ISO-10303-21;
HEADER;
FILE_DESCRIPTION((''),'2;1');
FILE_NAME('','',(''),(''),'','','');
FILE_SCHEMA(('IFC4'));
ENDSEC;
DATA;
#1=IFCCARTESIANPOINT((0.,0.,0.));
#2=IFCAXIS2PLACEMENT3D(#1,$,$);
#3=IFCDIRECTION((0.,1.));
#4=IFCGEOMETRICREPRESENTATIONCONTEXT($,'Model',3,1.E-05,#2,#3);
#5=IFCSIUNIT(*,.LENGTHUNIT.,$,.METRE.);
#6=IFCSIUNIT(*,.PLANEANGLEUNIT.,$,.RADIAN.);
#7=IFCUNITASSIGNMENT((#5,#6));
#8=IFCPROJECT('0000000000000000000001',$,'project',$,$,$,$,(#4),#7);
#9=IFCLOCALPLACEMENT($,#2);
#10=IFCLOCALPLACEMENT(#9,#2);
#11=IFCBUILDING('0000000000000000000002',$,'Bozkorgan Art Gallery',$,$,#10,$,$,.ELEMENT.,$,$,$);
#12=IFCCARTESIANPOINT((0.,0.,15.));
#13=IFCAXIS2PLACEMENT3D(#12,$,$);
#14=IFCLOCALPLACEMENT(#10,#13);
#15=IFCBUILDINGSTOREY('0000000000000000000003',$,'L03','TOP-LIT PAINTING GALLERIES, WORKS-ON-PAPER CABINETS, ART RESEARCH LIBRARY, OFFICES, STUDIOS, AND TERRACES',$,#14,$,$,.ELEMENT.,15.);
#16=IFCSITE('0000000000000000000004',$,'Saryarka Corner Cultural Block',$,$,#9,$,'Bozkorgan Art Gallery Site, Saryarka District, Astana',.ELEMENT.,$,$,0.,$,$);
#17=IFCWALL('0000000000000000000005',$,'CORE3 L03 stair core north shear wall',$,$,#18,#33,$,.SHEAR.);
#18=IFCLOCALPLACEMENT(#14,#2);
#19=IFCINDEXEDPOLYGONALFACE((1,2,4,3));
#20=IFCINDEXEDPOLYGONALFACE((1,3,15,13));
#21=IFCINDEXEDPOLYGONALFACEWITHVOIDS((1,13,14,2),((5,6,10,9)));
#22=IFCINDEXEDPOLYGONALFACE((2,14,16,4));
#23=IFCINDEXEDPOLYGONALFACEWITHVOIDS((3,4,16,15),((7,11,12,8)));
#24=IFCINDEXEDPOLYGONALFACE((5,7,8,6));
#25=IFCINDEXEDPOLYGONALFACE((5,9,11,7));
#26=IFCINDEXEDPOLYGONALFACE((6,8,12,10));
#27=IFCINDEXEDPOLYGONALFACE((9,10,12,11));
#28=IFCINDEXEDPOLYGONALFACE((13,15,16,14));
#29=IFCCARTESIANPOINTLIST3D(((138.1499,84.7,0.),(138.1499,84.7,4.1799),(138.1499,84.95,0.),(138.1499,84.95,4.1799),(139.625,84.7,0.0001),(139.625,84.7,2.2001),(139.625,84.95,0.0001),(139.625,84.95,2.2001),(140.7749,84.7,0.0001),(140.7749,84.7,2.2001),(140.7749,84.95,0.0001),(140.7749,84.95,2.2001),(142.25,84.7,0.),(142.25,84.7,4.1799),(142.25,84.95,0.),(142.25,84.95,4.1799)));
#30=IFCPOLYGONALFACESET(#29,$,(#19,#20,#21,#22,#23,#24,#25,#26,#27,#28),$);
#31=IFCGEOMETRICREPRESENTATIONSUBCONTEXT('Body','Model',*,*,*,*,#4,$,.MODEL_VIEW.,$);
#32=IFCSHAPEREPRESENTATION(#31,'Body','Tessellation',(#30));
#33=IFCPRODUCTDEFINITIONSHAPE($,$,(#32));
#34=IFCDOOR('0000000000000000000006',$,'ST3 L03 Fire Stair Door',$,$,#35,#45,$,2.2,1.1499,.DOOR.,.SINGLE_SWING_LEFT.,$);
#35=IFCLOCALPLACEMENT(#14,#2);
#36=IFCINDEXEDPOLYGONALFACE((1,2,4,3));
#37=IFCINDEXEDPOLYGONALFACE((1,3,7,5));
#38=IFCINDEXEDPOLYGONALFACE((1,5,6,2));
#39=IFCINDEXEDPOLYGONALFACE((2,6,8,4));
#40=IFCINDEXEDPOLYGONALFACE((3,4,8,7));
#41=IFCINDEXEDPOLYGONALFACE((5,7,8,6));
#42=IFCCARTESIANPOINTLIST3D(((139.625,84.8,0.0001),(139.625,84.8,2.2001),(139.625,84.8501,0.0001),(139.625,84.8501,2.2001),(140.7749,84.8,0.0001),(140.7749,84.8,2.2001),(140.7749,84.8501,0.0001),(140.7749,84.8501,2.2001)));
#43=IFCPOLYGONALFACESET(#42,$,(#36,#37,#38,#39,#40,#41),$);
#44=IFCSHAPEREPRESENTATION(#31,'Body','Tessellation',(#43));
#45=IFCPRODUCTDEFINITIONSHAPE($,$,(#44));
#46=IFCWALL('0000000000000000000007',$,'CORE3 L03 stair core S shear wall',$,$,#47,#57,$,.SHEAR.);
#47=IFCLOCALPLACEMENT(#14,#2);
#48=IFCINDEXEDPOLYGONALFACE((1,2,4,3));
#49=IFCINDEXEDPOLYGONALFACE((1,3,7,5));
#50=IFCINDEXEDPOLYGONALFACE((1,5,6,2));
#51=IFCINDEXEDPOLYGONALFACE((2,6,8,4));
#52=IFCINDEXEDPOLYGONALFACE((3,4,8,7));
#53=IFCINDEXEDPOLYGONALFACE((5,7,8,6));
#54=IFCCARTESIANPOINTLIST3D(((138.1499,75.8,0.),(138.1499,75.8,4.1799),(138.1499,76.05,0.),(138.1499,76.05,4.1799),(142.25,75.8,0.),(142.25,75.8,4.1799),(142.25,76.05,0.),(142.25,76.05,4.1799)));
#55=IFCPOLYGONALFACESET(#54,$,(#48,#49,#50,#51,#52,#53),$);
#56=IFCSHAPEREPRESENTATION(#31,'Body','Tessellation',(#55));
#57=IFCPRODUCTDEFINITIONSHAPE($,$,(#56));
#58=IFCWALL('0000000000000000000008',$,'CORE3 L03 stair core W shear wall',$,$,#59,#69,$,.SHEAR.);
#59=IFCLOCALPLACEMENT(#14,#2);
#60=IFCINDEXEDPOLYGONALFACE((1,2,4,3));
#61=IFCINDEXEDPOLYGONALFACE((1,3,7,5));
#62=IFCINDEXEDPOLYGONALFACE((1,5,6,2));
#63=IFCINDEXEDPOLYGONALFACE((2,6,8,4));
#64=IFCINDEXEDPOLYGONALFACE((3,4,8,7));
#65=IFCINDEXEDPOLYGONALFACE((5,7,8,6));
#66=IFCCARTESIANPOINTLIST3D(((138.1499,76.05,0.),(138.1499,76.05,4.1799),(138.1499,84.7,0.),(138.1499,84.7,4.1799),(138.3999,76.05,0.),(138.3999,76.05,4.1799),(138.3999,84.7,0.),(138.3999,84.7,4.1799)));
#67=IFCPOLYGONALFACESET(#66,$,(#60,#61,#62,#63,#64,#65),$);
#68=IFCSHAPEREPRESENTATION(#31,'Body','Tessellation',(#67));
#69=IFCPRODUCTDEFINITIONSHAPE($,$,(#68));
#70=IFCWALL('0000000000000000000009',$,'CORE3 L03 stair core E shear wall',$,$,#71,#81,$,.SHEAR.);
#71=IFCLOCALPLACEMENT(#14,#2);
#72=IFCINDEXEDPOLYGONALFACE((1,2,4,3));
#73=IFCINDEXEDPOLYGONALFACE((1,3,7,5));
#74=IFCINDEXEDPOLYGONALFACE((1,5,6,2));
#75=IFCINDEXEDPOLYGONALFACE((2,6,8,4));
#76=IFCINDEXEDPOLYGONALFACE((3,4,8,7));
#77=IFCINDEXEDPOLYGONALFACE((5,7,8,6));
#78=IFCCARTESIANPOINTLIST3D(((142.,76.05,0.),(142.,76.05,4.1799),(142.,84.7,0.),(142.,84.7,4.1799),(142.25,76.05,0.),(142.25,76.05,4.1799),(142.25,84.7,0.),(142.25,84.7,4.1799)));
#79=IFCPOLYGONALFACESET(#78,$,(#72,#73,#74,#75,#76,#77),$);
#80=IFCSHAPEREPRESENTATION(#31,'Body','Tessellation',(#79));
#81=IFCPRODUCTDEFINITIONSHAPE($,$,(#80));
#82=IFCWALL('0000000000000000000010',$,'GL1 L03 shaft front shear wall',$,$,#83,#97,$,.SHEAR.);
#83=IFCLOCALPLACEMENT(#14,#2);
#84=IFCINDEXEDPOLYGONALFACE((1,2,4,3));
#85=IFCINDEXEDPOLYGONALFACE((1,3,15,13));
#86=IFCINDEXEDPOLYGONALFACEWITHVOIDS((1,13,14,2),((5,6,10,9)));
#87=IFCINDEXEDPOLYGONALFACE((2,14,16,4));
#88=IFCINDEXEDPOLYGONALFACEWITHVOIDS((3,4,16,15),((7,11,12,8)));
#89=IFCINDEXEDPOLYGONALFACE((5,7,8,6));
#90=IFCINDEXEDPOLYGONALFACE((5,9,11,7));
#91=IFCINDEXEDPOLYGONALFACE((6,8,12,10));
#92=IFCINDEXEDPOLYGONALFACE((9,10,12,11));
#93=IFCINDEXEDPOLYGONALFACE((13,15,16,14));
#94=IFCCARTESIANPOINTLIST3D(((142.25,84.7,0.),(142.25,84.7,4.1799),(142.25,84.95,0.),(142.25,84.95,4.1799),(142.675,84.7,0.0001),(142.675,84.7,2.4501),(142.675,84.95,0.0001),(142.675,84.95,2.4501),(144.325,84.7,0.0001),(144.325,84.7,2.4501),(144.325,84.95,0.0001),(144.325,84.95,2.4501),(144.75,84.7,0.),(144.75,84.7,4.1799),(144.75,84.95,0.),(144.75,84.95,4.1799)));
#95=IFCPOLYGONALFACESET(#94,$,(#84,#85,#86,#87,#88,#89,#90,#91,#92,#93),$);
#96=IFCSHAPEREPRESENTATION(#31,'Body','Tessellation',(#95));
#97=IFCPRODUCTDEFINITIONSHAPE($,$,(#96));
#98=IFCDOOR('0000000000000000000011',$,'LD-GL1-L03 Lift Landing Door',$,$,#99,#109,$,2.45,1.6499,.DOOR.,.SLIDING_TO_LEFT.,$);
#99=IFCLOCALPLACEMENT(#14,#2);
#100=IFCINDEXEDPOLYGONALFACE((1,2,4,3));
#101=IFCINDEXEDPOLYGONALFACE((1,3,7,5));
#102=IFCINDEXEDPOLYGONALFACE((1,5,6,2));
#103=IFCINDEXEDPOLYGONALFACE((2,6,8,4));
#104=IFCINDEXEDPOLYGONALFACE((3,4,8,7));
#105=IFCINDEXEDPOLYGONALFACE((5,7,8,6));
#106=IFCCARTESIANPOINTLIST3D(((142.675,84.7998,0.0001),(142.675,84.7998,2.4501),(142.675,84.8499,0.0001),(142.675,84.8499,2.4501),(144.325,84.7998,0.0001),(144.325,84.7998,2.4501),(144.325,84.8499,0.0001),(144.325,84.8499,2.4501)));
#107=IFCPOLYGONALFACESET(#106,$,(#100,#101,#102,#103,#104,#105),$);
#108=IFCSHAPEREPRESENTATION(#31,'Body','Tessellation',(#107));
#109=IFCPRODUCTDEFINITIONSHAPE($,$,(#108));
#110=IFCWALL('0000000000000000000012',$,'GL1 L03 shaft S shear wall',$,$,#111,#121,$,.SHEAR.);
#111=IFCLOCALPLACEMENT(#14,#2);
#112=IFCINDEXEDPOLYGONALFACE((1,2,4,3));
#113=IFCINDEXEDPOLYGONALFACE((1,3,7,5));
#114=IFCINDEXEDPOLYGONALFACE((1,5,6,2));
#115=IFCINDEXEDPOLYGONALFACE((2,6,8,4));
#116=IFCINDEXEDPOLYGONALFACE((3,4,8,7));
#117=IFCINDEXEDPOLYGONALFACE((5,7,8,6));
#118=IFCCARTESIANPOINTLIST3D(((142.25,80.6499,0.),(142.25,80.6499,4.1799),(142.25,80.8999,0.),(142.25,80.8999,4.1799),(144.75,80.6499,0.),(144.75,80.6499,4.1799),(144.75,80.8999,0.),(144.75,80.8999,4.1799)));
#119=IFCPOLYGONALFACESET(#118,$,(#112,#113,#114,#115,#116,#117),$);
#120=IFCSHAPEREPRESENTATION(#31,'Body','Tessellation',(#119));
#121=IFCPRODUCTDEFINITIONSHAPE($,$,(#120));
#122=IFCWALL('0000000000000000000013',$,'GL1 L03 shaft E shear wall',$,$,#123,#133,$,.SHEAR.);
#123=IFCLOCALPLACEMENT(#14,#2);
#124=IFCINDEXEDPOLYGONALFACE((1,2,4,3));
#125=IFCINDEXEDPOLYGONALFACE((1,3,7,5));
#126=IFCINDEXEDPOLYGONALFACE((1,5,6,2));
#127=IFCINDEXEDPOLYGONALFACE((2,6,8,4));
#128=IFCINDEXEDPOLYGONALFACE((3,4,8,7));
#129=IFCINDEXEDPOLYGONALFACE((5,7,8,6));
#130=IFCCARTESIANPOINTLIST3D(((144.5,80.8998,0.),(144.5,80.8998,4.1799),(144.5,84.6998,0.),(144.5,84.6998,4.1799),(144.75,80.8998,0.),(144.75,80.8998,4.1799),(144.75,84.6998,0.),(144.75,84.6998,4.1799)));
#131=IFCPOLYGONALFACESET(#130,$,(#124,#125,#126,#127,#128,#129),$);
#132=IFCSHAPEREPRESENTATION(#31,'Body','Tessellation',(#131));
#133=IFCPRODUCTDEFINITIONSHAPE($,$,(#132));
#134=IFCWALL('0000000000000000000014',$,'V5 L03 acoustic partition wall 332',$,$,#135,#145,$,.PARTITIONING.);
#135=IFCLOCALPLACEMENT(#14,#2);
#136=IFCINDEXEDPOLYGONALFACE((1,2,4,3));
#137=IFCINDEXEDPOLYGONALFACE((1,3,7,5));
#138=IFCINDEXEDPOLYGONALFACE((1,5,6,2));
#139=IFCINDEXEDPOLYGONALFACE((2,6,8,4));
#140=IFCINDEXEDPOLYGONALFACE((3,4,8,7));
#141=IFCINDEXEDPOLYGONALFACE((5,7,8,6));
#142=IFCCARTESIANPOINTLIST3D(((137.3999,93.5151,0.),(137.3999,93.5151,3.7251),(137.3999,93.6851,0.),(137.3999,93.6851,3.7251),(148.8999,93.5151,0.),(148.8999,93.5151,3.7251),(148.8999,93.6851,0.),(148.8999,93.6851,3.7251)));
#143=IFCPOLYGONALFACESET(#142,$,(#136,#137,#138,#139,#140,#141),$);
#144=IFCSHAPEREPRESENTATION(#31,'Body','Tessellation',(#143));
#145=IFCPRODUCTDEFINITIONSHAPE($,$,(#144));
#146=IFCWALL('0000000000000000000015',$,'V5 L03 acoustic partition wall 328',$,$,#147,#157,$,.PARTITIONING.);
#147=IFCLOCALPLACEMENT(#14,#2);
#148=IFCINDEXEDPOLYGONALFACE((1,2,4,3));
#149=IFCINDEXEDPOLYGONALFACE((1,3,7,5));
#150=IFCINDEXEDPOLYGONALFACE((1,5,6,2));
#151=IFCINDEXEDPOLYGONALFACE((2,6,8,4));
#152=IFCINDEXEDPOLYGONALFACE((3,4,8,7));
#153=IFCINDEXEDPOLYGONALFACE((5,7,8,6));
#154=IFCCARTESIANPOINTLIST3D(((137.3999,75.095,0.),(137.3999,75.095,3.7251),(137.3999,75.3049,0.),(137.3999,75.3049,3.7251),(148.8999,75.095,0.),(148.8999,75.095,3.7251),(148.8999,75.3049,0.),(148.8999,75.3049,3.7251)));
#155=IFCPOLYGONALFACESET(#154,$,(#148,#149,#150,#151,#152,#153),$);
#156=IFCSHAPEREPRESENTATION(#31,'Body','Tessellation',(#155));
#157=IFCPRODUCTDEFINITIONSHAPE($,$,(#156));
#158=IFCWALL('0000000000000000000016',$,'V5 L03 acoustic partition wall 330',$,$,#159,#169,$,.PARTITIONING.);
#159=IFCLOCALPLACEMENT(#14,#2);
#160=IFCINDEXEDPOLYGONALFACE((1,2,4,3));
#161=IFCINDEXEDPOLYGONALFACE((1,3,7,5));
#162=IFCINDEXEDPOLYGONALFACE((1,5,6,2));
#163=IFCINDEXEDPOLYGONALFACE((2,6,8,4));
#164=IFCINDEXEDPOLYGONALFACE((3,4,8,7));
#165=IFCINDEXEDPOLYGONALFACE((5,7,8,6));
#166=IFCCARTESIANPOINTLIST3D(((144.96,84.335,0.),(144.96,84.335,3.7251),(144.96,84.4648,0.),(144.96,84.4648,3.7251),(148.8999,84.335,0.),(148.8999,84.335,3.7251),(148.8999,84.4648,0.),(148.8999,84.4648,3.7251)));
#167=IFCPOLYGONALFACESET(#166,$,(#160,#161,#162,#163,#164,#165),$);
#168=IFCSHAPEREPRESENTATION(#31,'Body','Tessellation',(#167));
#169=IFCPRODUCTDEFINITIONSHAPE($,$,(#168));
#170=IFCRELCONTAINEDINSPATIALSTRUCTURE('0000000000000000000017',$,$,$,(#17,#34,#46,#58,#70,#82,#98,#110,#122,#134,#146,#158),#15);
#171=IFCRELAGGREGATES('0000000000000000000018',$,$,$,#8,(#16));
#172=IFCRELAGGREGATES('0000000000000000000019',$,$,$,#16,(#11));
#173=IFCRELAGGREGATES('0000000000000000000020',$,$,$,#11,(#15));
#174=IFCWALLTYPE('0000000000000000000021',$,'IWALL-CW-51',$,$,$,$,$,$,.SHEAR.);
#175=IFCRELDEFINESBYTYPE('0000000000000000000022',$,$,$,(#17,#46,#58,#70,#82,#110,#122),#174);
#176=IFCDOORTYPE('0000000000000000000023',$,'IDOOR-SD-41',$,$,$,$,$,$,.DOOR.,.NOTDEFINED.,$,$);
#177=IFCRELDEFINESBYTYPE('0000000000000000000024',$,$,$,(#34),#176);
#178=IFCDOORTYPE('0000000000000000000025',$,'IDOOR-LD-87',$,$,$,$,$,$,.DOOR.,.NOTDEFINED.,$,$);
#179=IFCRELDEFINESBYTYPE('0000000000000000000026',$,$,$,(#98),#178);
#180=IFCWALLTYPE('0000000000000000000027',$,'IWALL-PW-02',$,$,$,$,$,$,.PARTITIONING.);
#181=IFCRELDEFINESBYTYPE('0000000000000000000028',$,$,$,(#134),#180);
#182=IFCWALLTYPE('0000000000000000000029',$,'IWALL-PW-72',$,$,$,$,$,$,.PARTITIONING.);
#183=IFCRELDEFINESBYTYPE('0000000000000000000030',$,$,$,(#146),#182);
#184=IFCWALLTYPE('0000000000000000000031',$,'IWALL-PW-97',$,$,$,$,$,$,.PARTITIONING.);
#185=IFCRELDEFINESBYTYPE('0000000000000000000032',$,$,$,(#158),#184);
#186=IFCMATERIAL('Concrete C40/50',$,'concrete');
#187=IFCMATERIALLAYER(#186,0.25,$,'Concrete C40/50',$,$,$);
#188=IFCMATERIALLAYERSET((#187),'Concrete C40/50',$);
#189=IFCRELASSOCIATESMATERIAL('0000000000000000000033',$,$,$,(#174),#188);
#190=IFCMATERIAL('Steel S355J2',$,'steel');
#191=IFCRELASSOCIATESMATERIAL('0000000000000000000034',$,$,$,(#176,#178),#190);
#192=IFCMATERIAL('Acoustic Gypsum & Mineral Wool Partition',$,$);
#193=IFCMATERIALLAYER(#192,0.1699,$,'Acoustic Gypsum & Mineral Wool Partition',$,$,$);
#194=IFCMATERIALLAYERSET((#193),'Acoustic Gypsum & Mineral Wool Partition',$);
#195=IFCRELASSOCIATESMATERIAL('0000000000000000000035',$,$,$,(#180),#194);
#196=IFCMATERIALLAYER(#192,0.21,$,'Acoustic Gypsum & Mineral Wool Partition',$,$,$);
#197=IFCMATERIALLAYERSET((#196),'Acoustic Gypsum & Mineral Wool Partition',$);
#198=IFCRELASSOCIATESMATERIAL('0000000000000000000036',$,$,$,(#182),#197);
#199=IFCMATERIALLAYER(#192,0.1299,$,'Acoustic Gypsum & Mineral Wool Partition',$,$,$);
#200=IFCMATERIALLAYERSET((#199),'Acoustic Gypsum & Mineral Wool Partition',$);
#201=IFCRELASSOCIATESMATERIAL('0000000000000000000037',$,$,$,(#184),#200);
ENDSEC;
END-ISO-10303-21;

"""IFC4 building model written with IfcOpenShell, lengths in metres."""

from ifc_helpers import new_model, si_unit, direction, frame, frame_2d, origin, place, context, subcontext, project, spatial, rectangle, extrude, material, layer, layer_set, type_object, element, fill, save


model = new_model("IFC4")

# Units and contexts
model_context = context("Model", 3, precision=1e-05, world=origin(), true_north=direction((0.0, 1.0)))
body_context = subcontext(model_context, "Body", "Model", "MODEL_VIEW")
ifc_project = project(units=[si_unit("LENGTHUNIT", "METRE"), si_unit("PLANEANGLEUNIT", "RADIAN")], contexts=[model_context])

# Site, building, storey
site_placement = place(None, origin())
site = spatial("IfcSite", under=ifc_project, at=site_placement, Name="Saryarka Corner Cultural Block", LongName="Bozkorgan Art Gallery Site, Saryarka District, Astana", CompositionType="ELEMENT", RefElevation=0.0)
building_placement = place(site_placement, origin())
building = spatial("IfcBuilding", under=site, at=building_placement, Name="Bozkorgan Art Gallery", CompositionType="ELEMENT")
storey_placement = place(building_placement, frame((0.0, 0.0, 15.0)))
storey = spatial("IfcBuildingStorey", under=building, at=storey_placement, Name="L03", Description="TOP-LIT PAINTING GALLERIES, WORKS-ON-PAPER CABINETS, ART RESEARCH LIBRARY, OFFICES, STUDIOS, AND TERRACES", CompositionType="ELEMENT", Elevation=15.0)

# Shared definitions
ifc_material_1 = material(Name="Concrete C40/50", Category="concrete")

# Shared definitions
ifc_material_2 = material(Name="Steel S355J2", Category="steel")

# Wall, opening, door
ifc_layer_1 = layer(ifc_material_1, 0.25, Name="Concrete C40/50")
ifc_layer_set_1 = layer_set([ifc_layer_1], Name="Concrete C40/50")
wall_type_1 = type_object("IfcWallType", Name="IWALL-CW-51", PredefinedType="SHEAR", material=ifc_layer_set_1)
wall_1_placement = place(storey_placement, frame((138.1499, 84.825, 0.0), z_axis=(0.0, 0.0, 1.0), x_axis=(1.0, 0.0, 0.0)))
wall_1 = element("IfcWall", 1, at=wall_1_placement, inside=storey, type_object=wall_type_1, Name="CORE3 L03 stair core north shear wall", PredefinedType="SHEAR", context=body_context, shape_type="SweptSolid", body=[
    extrude(rectangle(XDim=4.1001, YDim=0.25, at=frame_2d((2.05, 0.0))), origin(), (0.0, 0.0, 1.0), 4.1799),
])
opening_1_placement = place(wall_1_placement, frame((2.625, 0.0, 0.0), z_axis=(0.0, 0.0, 1.0), x_axis=(-1.0, 0.0, 0.0)))
opening_1 = element("IfcOpeningElement", 2, at=opening_1_placement, cuts=wall_1, PredefinedType="OPENING", context=body_context, shape_type="SweptSolid", body=[
    extrude(rectangle(XDim=1.1499, YDim=2.2, at=frame_2d((0.575, 1.1001))), frame((0.0, 0.135, 0.0), z_axis=(0.0, -1.0, 0.0), x_axis=(1.0, 0.0, 0.0)), (0.0, 0.0, 1.0), 0.27),
])
door_type_1 = type_object("IfcDoorType", Name="IDOOR-SD-41", OperationType="NOTDEFINED", PredefinedType="DOOR", material=ifc_material_2)
door_1_placement = place(opening_1_placement, origin())
door_1 = element("IfcDoor", 3, at=door_1_placement, inside=storey, type_object=door_type_1, Name="ST3 L03 Fire Stair Door", OperationType="SINGLE_SWING_LEFT", OverallHeight=2.2, OverallWidth=1.1499, PredefinedType="DOOR", context=body_context, shape_type="SweptSolid", body=[
    extrude(rectangle(XDim=1.1499, YDim=2.2, at=frame_2d((0.575, 1.1001))), frame((0.0, 0.0249, 0.0), z_axis=(0.0, -1.0, 0.0), x_axis=(1.0, 0.0, 0.0)), (0.0, 0.0, 1.0), 0.05),
])
fill(opening_1, door_1)

# Walls
wall_2_placement = place(storey_placement, frame((138.1499, 75.925, 0.0), z_axis=(0.0, 0.0, 1.0), x_axis=(1.0, 0.0, 0.0)))
element("IfcWall", 4, at=wall_2_placement, inside=storey, type_object=wall_type_1, Name="CORE3 L03 stair core S shear wall", PredefinedType="SHEAR", context=body_context, shape_type="SweptSolid", body=[
    extrude(rectangle(XDim=4.1001, YDim=0.25, at=frame_2d((2.05, 0.0))), origin(), (0.0, 0.0, 1.0), 4.1799),
])
for number, where, z_axis, x_axis, name in (
    (5, (138.2749, 76.05, 0.0), (0.0, 0.0, 1.0), (0.0, 1.0, 0.0), "CORE3 L03 stair core W shear wall"),
    (6, (142.125, 76.05, 0.0), (0.0, 0.0, 1.0), (0.0, 1.0, 0.0), "CORE3 L03 stair core E shear wall"),
):
    element("IfcWall", number, at=place(storey_placement, frame(where, z_axis=z_axis, x_axis=x_axis)), inside=storey, type_object=wall_type_1, Name=name, PredefinedType="SHEAR", context=body_context, shape_type="SweptSolid", body=[
        extrude(rectangle(XDim=8.6499, YDim=0.25, at=frame_2d((4.325, 0.0))), origin(), (0.0, 0.0, 1.0), 4.1799),
    ])

# Wall, opening, door
wall_3_placement = place(storey_placement, frame((142.25, 84.825, 0.0), z_axis=(0.0, 0.0, 1.0), x_axis=(1.0, 0.0, 0.0)))
wall_3 = element("IfcWall", 7, at=wall_3_placement, inside=storey, type_object=wall_type_1, Name="GL1 L03 shaft front shear wall", PredefinedType="SHEAR", context=body_context, shape_type="SweptSolid", body=[
    extrude(rectangle(XDim=2.5, YDim=0.25, at=frame_2d((1.25, 0.0))), origin(), (0.0, 0.0, 1.0), 4.1799),
])
opening_2_placement = place(wall_3_placement, frame((0.425, 0.0, 0.0)))
opening_2 = element("IfcOpeningElement", 8, at=opening_2_placement, cuts=wall_3, PredefinedType="OPENING", context=body_context, shape_type="SweptSolid", body=[
    extrude(rectangle(XDim=1.6499, YDim=2.45, at=frame_2d((0.825, 1.2251))), frame((0.0, 0.135, 0.0), z_axis=(0.0, -1.0, 0.0), x_axis=(1.0, 0.0, 0.0)), (0.0, 0.0, 1.0), 0.27),
])
door_type_2 = type_object("IfcDoorType", Name="IDOOR-LD-87", OperationType="NOTDEFINED", PredefinedType="DOOR", material=ifc_material_2)
door_2_placement = place(opening_2_placement, origin())
door_2 = element("IfcDoor", 9, at=door_2_placement, inside=storey, type_object=door_type_2, Name="LD-GL1-L03 Lift Landing Door", OperationType="SLIDING_TO_LEFT", OverallHeight=2.45, OverallWidth=1.6499, PredefinedType="DOOR", context=body_context, shape_type="SweptSolid", body=[
    extrude(rectangle(XDim=1.6499, YDim=2.45, at=frame_2d((0.825, 1.2251))), frame((0.0, 0.0249, 0.0), z_axis=(0.0, -1.0, 0.0), x_axis=(1.0, 0.0, 0.0)), (0.0, 0.0, 1.0), 0.05),
])
fill(opening_2, door_2)

# Walls
wall_4_placement = place(storey_placement, frame((142.25, 80.7749, 0.0), z_axis=(0.0, 0.0, 1.0), x_axis=(1.0, 0.0, 0.0)))
element("IfcWall", 10, at=wall_4_placement, inside=storey, type_object=wall_type_1, Name="GL1 L03 shaft S shear wall", PredefinedType="SHEAR", context=body_context, shape_type="SweptSolid", body=[
    extrude(rectangle(XDim=2.5, YDim=0.25, at=frame_2d((1.25, 0.0))), origin(), (0.0, 0.0, 1.0), 4.1799),
])
wall_5_placement = place(storey_placement, frame((144.625, 80.8999, 0.0), z_axis=(0.0, 0.0, 1.0), x_axis=(0.0, 1.0, 0.0)))
element("IfcWall", 11, at=wall_5_placement, inside=storey, type_object=wall_type_1, Name="GL1 L03 shaft E shear wall", PredefinedType="SHEAR", context=body_context, shape_type="SweptSolid", body=[
    extrude(rectangle(XDim=3.8, YDim=0.25, at=frame_2d((1.8999, 0.0))), origin(), (0.0, 0.0, 1.0), 4.1799),
])
ifc_material_3 = material(Name="Acoustic Gypsum & Mineral Wool Partition")
ifc_layer_2 = layer(ifc_material_3, 0.1699, Name="Acoustic Gypsum & Mineral Wool Partition")
ifc_layer_set_2 = layer_set([ifc_layer_2], Name="Acoustic Gypsum & Mineral Wool Partition")
wall_type_2 = type_object("IfcWallType", Name="IWALL-PW-02", PredefinedType="PARTITIONING", material=ifc_layer_set_2)
wall_6_placement = place(storey_placement, frame((137.3999, 93.6001, 0.0), z_axis=(0.0, 0.0, 1.0), x_axis=(1.0, 0.0, 0.0)))
element("IfcWall", 12, at=wall_6_placement, inside=storey, type_object=wall_type_2, Name="V5 L03 acoustic partition wall 332", PredefinedType="PARTITIONING", context=body_context, shape_type="SweptSolid", body=[
    extrude(rectangle(XDim=11.5, YDim=0.1699, at=frame_2d((5.75, 0.0))), origin(), (0.0, 0.0, 1.0), 3.7251),
])
ifc_layer_3 = layer(ifc_material_3, 0.21, Name="Acoustic Gypsum & Mineral Wool Partition")
ifc_layer_set_3 = layer_set([ifc_layer_3], Name="Acoustic Gypsum & Mineral Wool Partition")
wall_type_3 = type_object("IfcWallType", Name="IWALL-PW-72", PredefinedType="PARTITIONING", material=ifc_layer_set_3)
wall_7_placement = place(storey_placement, frame((137.3999, 75.2, 0.0), z_axis=(0.0, 0.0, 1.0), x_axis=(1.0, 0.0, 0.0)))
element("IfcWall", 13, at=wall_7_placement, inside=storey, type_object=wall_type_3, Name="V5 L03 acoustic partition wall 328", PredefinedType="PARTITIONING", context=body_context, shape_type="SweptSolid", body=[
    extrude(rectangle(XDim=11.5, YDim=0.21, at=frame_2d((5.75, 0.0))), origin(), (0.0, 0.0, 1.0), 3.7251),
])
ifc_layer_4 = layer(ifc_material_3, 0.1299, Name="Acoustic Gypsum & Mineral Wool Partition")
ifc_layer_set_4 = layer_set([ifc_layer_4], Name="Acoustic Gypsum & Mineral Wool Partition")
wall_type_4 = type_object("IfcWallType", Name="IWALL-PW-97", PredefinedType="PARTITIONING", material=ifc_layer_set_4)
wall_8_placement = place(storey_placement, frame((144.96, 84.3999, 0.0), z_axis=(0.0, 0.0, 1.0), x_axis=(1.0, 0.0, 0.0)))
element("IfcWall", 14, at=wall_8_placement, inside=storey, type_object=wall_type_4, Name="V5 L03 acoustic partition wall 330", PredefinedType="PARTITIONING", context=body_context, shape_type="SweptSolid", body=[
    extrude(rectangle(XDim=3.9399, YDim=0.1299, at=frame_2d((1.97, 0.0))), origin(), (0.0, 0.0, 1.0), 3.7251),
])

save(model, "model.ifc")
